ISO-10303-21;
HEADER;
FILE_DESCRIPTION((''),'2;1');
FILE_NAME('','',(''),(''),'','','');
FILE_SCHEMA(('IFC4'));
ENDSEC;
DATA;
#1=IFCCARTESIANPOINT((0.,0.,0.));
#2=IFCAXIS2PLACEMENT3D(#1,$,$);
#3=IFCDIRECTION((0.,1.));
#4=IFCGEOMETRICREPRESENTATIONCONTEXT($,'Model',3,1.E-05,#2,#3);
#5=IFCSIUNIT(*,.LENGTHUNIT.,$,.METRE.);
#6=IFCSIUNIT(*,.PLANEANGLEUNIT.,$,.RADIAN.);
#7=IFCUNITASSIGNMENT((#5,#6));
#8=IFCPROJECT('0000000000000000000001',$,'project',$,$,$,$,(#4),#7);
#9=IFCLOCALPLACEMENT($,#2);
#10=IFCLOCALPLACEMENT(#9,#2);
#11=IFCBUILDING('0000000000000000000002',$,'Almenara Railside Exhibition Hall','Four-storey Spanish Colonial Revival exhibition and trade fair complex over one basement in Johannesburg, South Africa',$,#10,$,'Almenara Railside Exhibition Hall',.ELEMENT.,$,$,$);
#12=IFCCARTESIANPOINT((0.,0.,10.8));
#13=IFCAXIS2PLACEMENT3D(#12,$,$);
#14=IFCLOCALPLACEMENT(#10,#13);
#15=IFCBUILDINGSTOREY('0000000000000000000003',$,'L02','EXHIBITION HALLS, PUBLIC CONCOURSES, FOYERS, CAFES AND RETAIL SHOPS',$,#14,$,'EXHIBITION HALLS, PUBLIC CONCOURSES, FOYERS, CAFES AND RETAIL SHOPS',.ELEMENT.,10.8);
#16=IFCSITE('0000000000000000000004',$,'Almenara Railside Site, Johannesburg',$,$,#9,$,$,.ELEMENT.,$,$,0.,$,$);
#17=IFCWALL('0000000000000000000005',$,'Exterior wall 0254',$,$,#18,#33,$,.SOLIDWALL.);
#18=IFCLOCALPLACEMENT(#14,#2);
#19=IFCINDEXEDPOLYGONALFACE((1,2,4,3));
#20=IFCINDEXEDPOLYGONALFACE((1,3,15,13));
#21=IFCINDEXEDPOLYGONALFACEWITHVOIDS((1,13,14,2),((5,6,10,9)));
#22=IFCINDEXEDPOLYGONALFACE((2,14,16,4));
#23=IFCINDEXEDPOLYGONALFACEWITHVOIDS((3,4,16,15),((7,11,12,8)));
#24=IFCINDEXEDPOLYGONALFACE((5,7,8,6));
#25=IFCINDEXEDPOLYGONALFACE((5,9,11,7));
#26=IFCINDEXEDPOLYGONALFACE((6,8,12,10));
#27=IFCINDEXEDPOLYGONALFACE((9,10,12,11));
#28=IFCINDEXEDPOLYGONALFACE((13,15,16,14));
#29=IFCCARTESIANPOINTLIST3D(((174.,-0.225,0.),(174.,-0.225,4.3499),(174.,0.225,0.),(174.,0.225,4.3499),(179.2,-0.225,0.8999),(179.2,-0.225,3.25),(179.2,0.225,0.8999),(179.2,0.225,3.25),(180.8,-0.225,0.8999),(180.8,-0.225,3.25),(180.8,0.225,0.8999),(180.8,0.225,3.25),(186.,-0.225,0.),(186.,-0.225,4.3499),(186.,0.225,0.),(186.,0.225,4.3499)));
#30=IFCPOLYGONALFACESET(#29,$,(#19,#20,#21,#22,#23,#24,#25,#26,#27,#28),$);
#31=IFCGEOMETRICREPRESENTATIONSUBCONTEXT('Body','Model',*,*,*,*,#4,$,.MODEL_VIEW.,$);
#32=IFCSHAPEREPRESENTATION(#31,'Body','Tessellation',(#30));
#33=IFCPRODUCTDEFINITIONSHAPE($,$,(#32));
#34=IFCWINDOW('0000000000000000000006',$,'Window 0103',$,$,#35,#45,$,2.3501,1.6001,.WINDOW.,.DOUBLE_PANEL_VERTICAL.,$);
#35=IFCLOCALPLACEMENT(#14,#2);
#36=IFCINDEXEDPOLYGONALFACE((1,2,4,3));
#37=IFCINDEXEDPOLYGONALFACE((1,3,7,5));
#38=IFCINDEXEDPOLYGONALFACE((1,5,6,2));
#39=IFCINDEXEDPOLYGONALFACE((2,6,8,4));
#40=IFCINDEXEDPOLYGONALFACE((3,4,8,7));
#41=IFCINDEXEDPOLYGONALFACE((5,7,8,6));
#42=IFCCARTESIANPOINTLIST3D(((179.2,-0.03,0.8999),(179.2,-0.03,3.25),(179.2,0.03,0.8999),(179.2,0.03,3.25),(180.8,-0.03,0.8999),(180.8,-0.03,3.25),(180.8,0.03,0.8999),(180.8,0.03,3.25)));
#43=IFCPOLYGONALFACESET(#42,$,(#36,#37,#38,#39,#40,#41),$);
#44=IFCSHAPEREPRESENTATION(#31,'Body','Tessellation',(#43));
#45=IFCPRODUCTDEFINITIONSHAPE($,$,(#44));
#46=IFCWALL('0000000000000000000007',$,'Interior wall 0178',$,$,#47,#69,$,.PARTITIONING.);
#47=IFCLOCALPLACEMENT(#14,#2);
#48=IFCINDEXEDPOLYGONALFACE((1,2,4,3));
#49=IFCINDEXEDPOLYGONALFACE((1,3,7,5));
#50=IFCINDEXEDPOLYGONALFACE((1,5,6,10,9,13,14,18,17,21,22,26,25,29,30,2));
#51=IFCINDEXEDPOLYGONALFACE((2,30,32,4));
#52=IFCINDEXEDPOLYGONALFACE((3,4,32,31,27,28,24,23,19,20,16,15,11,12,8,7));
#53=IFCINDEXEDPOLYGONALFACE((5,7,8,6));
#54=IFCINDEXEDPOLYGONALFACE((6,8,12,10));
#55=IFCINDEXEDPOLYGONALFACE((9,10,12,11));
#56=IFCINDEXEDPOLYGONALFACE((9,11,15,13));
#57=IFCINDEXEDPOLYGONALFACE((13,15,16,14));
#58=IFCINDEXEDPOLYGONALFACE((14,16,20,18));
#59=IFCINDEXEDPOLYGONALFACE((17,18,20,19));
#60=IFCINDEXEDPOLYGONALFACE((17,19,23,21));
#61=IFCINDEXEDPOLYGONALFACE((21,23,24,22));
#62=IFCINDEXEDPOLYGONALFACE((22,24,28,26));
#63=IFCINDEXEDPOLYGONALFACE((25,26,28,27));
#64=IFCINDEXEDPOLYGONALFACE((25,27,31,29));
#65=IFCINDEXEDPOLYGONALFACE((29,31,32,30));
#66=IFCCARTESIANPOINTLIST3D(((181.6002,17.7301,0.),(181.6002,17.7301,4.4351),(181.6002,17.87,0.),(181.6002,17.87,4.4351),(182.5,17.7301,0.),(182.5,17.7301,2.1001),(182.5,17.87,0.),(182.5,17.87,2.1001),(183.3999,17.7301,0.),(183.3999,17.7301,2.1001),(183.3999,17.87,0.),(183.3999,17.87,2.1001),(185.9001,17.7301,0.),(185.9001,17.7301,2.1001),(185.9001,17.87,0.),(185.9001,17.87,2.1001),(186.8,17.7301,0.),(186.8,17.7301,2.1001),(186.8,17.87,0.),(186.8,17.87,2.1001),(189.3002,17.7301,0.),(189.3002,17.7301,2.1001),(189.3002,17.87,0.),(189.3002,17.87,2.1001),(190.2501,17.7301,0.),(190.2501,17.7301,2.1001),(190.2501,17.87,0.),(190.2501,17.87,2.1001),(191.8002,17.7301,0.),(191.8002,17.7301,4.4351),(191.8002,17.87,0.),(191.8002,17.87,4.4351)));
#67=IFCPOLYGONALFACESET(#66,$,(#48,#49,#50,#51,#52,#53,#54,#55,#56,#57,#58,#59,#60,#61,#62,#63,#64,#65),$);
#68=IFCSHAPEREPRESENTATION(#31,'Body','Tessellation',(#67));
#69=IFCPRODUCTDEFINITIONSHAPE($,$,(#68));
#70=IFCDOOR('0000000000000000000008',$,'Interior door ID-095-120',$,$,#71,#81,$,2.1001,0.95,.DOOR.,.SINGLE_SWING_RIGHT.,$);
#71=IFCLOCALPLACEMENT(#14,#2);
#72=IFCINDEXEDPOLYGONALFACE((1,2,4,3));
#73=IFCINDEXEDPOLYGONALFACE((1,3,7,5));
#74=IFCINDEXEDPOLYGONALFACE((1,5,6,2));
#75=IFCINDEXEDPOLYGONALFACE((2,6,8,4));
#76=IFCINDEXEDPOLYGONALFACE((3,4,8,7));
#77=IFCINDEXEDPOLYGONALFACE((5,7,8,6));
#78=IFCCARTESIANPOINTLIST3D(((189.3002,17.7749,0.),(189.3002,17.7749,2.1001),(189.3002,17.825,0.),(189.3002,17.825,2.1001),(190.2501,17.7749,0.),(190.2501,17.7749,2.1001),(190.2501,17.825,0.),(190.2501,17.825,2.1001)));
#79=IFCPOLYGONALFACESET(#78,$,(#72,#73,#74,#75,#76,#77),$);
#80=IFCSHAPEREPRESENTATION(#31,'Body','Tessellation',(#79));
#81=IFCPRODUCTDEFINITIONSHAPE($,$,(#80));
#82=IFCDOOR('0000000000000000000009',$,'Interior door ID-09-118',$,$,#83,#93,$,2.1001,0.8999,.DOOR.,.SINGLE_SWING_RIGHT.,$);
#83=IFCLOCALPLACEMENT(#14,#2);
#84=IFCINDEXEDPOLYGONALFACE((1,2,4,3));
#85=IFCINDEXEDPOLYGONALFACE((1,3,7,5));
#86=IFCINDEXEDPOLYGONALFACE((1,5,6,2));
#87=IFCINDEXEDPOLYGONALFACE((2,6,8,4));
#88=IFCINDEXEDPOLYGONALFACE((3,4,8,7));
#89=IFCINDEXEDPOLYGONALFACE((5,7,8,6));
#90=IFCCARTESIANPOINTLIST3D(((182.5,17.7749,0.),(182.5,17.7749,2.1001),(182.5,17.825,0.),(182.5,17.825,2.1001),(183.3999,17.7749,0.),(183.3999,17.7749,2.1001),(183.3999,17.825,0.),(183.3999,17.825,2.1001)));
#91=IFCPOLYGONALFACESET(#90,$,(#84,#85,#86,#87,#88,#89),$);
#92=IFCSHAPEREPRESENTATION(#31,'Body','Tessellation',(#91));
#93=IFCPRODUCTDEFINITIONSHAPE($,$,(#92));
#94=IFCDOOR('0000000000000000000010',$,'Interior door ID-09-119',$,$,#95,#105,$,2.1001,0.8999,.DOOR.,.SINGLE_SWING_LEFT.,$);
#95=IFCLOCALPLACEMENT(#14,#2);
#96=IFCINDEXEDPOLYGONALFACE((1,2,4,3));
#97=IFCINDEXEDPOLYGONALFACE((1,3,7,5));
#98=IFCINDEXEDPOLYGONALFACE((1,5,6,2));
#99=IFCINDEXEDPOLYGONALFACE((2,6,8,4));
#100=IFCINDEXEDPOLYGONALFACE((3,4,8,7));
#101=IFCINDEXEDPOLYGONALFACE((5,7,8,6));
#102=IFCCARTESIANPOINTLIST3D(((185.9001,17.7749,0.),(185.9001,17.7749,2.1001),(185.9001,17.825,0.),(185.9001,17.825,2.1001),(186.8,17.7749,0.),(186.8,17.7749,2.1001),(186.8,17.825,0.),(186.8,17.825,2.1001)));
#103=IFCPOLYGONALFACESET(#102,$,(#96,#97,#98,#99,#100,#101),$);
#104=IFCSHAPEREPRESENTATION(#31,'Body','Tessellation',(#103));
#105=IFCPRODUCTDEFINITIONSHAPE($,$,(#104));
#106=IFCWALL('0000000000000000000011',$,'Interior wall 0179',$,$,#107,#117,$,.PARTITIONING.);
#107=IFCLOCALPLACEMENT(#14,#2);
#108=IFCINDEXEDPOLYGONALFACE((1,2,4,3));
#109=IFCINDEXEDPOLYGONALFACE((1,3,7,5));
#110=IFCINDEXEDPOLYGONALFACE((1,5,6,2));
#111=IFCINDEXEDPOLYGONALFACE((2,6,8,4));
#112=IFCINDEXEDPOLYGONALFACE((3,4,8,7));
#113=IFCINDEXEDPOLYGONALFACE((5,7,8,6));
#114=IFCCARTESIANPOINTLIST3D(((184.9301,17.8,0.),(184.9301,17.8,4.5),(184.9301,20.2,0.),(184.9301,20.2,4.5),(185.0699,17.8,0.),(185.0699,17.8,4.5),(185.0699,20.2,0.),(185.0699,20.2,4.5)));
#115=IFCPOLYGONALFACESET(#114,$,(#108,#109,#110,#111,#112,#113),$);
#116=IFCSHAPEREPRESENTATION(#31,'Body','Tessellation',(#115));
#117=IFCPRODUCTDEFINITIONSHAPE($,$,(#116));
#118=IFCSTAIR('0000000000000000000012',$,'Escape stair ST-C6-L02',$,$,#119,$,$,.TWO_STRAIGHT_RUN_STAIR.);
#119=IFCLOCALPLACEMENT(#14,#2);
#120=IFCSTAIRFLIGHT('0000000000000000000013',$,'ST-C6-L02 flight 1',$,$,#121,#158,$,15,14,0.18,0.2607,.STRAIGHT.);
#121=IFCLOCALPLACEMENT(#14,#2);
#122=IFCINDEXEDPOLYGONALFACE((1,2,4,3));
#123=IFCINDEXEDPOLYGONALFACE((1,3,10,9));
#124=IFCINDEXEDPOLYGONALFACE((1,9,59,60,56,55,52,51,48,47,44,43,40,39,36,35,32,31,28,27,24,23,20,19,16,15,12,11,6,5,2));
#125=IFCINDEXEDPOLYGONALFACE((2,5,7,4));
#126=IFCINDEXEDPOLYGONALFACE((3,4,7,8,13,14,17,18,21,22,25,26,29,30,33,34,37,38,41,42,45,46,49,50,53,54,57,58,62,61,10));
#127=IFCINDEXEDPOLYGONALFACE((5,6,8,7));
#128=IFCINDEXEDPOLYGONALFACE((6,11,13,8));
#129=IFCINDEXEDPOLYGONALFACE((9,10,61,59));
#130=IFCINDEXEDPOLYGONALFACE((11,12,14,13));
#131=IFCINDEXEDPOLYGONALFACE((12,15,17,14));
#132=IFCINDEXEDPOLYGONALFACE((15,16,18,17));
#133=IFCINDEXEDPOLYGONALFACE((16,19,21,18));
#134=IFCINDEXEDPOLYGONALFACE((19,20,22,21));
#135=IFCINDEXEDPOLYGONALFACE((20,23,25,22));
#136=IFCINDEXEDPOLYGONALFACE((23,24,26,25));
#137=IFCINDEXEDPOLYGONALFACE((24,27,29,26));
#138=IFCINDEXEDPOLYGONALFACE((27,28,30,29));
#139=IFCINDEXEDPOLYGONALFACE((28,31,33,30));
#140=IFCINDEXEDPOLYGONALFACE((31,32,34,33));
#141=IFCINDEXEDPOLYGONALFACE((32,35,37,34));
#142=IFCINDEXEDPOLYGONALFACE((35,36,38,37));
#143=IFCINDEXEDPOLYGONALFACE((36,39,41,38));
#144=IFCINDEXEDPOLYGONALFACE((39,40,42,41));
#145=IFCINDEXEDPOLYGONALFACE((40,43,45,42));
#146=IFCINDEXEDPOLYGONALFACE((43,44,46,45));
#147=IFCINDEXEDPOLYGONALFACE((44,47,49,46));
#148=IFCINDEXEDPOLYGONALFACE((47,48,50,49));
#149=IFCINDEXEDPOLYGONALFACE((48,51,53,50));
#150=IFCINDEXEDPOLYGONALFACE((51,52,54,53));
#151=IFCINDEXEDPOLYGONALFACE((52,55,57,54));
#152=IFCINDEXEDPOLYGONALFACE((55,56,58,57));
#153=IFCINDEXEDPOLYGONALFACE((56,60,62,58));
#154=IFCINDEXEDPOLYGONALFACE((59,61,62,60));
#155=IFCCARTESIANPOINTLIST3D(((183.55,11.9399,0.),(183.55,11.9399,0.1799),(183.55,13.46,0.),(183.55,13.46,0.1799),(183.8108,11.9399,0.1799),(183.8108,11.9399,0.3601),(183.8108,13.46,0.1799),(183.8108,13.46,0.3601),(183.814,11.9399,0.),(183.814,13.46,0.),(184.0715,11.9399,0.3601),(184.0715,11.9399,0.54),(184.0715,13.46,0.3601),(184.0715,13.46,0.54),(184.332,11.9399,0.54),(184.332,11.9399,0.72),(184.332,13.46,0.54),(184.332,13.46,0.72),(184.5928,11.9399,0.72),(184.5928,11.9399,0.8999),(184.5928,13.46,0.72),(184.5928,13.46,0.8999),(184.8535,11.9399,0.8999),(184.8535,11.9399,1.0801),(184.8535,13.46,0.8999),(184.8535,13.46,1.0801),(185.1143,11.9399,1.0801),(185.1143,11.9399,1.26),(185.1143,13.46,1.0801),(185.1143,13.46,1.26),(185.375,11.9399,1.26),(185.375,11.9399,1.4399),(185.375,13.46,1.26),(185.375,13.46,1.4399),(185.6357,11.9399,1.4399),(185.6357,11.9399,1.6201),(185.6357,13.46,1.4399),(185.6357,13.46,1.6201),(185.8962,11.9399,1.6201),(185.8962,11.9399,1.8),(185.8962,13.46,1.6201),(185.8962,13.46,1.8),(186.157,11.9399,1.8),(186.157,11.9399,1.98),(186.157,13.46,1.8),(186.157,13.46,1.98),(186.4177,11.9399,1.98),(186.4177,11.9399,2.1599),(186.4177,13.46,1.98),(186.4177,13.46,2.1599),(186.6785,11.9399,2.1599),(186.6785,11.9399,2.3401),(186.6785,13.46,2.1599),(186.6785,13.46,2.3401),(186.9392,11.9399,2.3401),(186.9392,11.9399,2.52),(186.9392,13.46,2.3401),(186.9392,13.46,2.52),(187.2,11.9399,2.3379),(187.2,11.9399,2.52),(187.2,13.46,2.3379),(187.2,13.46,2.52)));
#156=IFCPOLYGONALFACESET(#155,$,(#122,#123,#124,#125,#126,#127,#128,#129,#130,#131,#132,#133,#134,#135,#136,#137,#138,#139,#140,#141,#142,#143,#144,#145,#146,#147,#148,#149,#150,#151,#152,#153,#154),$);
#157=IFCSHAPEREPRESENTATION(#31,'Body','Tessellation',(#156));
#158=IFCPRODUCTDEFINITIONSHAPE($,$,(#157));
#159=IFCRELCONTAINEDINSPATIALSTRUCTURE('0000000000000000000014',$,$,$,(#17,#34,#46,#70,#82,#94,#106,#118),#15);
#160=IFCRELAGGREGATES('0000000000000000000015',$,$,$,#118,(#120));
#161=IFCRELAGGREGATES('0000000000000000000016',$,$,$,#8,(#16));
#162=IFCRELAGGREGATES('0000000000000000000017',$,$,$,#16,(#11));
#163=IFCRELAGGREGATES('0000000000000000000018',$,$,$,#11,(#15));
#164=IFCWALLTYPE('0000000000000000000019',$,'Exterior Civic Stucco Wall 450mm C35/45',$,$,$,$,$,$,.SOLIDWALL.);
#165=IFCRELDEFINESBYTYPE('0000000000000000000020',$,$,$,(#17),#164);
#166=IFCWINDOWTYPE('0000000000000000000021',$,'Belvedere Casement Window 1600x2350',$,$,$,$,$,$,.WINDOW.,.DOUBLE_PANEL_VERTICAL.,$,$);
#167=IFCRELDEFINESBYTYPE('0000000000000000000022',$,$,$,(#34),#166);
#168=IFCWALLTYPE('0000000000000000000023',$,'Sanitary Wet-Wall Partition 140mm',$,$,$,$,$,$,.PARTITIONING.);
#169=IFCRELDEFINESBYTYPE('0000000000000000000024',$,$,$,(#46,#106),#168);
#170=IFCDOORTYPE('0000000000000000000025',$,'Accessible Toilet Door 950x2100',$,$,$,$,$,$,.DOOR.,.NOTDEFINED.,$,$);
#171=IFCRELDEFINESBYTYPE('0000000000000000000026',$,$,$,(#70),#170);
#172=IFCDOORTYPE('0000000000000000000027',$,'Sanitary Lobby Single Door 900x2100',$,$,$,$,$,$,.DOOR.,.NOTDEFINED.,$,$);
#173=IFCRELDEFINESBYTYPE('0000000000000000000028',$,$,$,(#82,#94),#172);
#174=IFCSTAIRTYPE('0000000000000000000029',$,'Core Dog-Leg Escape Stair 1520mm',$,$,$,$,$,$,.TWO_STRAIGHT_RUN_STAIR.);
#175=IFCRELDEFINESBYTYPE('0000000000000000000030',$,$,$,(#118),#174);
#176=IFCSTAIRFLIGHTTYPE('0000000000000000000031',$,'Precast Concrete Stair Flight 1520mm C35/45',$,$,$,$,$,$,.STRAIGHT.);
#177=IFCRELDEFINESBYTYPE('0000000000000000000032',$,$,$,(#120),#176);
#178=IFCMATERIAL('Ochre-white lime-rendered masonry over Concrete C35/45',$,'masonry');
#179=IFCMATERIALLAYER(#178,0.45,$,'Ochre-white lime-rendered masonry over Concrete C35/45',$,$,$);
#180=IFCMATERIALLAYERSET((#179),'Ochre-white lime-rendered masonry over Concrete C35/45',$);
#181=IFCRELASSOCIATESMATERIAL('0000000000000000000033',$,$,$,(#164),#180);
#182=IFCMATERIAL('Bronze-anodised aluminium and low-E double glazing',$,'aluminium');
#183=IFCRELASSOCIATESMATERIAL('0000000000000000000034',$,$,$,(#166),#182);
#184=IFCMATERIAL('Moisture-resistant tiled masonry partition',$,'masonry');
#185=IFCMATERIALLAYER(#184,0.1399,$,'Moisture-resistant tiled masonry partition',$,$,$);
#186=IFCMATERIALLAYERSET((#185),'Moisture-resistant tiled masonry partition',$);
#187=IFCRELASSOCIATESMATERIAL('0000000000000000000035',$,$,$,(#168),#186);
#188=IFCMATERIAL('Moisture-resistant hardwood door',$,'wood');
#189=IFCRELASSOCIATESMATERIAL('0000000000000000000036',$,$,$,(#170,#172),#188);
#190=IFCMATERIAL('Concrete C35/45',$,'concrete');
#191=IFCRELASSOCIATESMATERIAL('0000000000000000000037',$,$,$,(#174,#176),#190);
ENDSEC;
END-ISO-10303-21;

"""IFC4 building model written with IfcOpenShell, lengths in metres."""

from ifc_helpers import new_model, si_unit, direction, frame, frame_2d, origin, place, context, subcontext, project, spatial, polyline, rectangle, outline, extrude, material, layer, layer_set, type_object, element, fill, aggregate, save


model = new_model("IFC4")

# Units and contexts
model_context = context("Model", 3, precision=1e-05, world=origin(), true_north=direction((0.0, 1.0)))
body_context = subcontext(model_context, "Body", "Model", "MODEL_VIEW")
ifc_project = project(units=[si_unit("LENGTHUNIT", "METRE"), si_unit("PLANEANGLEUNIT", "RADIAN")], contexts=[model_context])

# Site, building, storey
site_placement = place(None, origin())
site = spatial("IfcSite", under=ifc_project, at=site_placement, Name="Almenara Railside Site, Johannesburg", CompositionType="ELEMENT", RefElevation=0.0)
building_placement = place(site_placement, origin())
building = spatial("IfcBuilding", under=site, at=building_placement, Name="Almenara Railside Exhibition Hall", Description="Four-storey Spanish Colonial Revival exhibition and trade fair complex over one basement in Johannesburg, South Africa", LongName="Almenara Railside Exhibition Hall", CompositionType="ELEMENT")
storey_placement = place(building_placement, frame((0.0, 0.0, 10.8)))
storey = spatial("IfcBuildingStorey", under=building, at=storey_placement, Name="L02", Description="EXHIBITION HALLS, PUBLIC CONCOURSES, FOYERS, CAFES AND RETAIL SHOPS", LongName="EXHIBITION HALLS, PUBLIC CONCOURSES, FOYERS, CAFES AND RETAIL SHOPS", CompositionType="ELEMENT", Elevation=10.8)

# Shared definitions
ifc_material_1 = material(Name="Concrete C35/45", Category="concrete")

# Wall, opening, window
ifc_material_2 = material(Name="Ochre-white lime-rendered masonry over Concrete C35/45", Category="masonry")
ifc_layer_1 = layer(ifc_material_2, 0.45, Name="Ochre-white lime-rendered masonry over Concrete C35/45")
ifc_layer_set_1 = layer_set([ifc_layer_1], Name="Ochre-white lime-rendered masonry over Concrete C35/45")
wall_type_1 = type_object("IfcWallType", Name="Exterior Civic Stucco Wall 450mm C35/45", PredefinedType="SOLIDWALL", material=ifc_layer_set_1)
wall_1_placement = place(storey_placement, frame((174.0, 0.0, 0.0), z_axis=(0.0, 0.0, 1.0), x_axis=(1.0, 0.0, 0.0)))
wall_1 = element("IfcWall", 1, at=wall_1_placement, inside=storey, type_object=wall_type_1, Name="Exterior wall 0254", PredefinedType="SOLIDWALL", context=body_context, shape_type="SweptSolid", body=[
    extrude(rectangle(XDim=12.0, YDim=0.45, at=frame_2d((6.0, 0.0))), origin(), (0.0, 0.0, 1.0), 4.3499),
])
opening_1_placement = place(wall_1_placement, frame((5.2, 0.0, 0.8999)))
opening_1 = element("IfcOpeningElement", 2, at=opening_1_placement, cuts=wall_1, PredefinedType="OPENING", context=body_context, shape_type="SweptSolid", body=[
    extrude(rectangle(XDim=1.6001, YDim=2.3501, at=frame_2d((0.8, 1.175))), frame((0.0, 0.2349, 0.0), z_axis=(0.0, -1.0, 0.0), x_axis=(1.0, 0.0, 0.0)), (0.0, 0.0, 1.0), 0.47),
])
ifc_material_3 = material(Name="Bronze-anodised aluminium and low-E double glazing", Category="aluminium")
window_type = type_object("IfcWindowType", Name="Belvedere Casement Window 1600x2350", PartitioningType="DOUBLE_PANEL_VERTICAL", PredefinedType="WINDOW", material=ifc_material_3)
window_placement = place(opening_1_placement, origin())
window = element("IfcWindow", 3, at=window_placement, inside=storey, type_object=window_type, Name="Window 0103", OverallHeight=2.3501, OverallWidth=1.6001, PartitioningType="DOUBLE_PANEL_VERTICAL", PredefinedType="WINDOW", context=body_context, shape_type="SweptSolid", body=[
    extrude(rectangle(XDim=1.6001, YDim=2.3501, at=frame_2d((0.8, 1.175))), frame((0.0, 0.03, 0.0), z_axis=(0.0, -1.0, 0.0), x_axis=(1.0, 0.0, 0.0)), (0.0, 0.0, 1.0), 0.0601),
])
fill(opening_1, window)

# Wall, openings, doors
ifc_material_4 = material(Name="Moisture-resistant tiled masonry partition", Category="masonry")
ifc_layer_2 = layer(ifc_material_4, 0.1399, Name="Moisture-resistant tiled masonry partition")
ifc_layer_set_2 = layer_set([ifc_layer_2], Name="Moisture-resistant tiled masonry partition")
wall_type_2 = type_object("IfcWallType", Name="Sanitary Wet-Wall Partition 140mm", PredefinedType="PARTITIONING", material=ifc_layer_set_2)
wall_2_placement = place(storey_placement, frame((181.6001, 17.8, 0.0), z_axis=(0.0, 0.0, 1.0), x_axis=(1.0, 0.0, 0.0)))
wall_2 = element("IfcWall", 4, at=wall_2_placement, inside=storey, type_object=wall_type_2, Name="Interior wall 0178", PredefinedType="PARTITIONING", context=body_context, shape_type="SweptSolid", body=[
    extrude(rectangle(XDim=10.2, YDim=0.1399, at=frame_2d((5.1001, 0.0))), origin(), (0.0, 0.0, 1.0), 4.4351),
])
opening_2_placement = place(wall_2_placement, frame((0.8999, 0.0, 0.0)))
opening_2 = element("IfcOpeningElement", 5, at=opening_2_placement, cuts=wall_2, PredefinedType="OPENING", context=body_context, shape_type="SweptSolid", body=[
    extrude(rectangle(XDim=0.8999, YDim=2.1001, at=frame_2d((0.45, 1.05))), frame((0.0, 0.0798, 0.0), z_axis=(0.0, -1.0, 0.0), x_axis=(1.0, 0.0, 0.0)), (0.0, 0.0, 1.0), 0.1599),
])
opening_3_placement = place(wall_2_placement, frame((4.3, 0.0, 0.0)))
opening_3 = element("IfcOpeningElement", 6, at=opening_3_placement, cuts=wall_2, PredefinedType="OPENING", context=body_context, shape_type="SweptSolid", body=[
    extrude(rectangle(XDim=0.8999, YDim=2.1001, at=frame_2d((0.45, 1.05))), frame((0.0, 0.0798, 0.0), z_axis=(0.0, -1.0, 0.0), x_axis=(1.0, 0.0, 0.0)), (0.0, 0.0, 1.0), 0.1599),
])
opening_4_placement = place(wall_2_placement, frame((7.7, 0.0, 0.0)))
opening_4 = element("IfcOpeningElement", 7, at=opening_4_placement, cuts=wall_2, PredefinedType="OPENING", context=body_context, shape_type="SweptSolid", body=[
    extrude(rectangle(XDim=0.95, YDim=2.1001, at=frame_2d((0.4751, 1.05))), frame((0.0, 0.0798, 0.0), z_axis=(0.0, -1.0, 0.0), x_axis=(1.0, 0.0, 0.0)), (0.0, 0.0, 1.0), 0.1599),
])
ifc_material_5 = material(Name="Moisture-resistant hardwood door", Category="wood")
door_type_1 = type_object("IfcDoorType", Name="Accessible Toilet Door 950x2100", OperationType="NOTDEFINED", PredefinedType="DOOR", material=ifc_material_5)
door_1_placement = place(opening_4_placement, origin())
door_1 = element("IfcDoor", 8, at=door_1_placement, inside=storey, type_object=door_type_1, Name="Interior door ID-095-120", OperationType="SINGLE_SWING_RIGHT", OverallHeight=2.1001, OverallWidth=0.95, PredefinedType="DOOR", context=body_context, shape_type="SweptSolid", body=[
    extrude(rectangle(XDim=0.95, YDim=2.1001, at=frame_2d((0.4751, 1.05))), frame((0.0, 0.0249, 0.0), z_axis=(0.0, -1.0, 0.0), x_axis=(1.0, 0.0, 0.0)), (0.0, 0.0, 1.0), 0.05),
])
fill(opening_4, door_1)
door_type_2 = type_object("IfcDoorType", Name="Sanitary Lobby Single Door 900x2100", OperationType="NOTDEFINED", PredefinedType="DOOR", material=ifc_material_5)
door_2_placement = place(opening_2_placement, origin())
door_2 = element("IfcDoor", 9, at=door_2_placement, inside=storey, type_object=door_type_2, Name="Interior door ID-09-118", OperationType="SINGLE_SWING_RIGHT", OverallHeight=2.1001, OverallWidth=0.8999, PredefinedType="DOOR", context=body_context, shape_type="SweptSolid", body=[
    extrude(rectangle(XDim=0.8999, YDim=2.1001, at=frame_2d((0.45, 1.05))), frame((0.0, 0.0249, 0.0), z_axis=(0.0, -1.0, 0.0), x_axis=(1.0, 0.0, 0.0)), (0.0, 0.0, 1.0), 0.05),
])
fill(opening_2, door_2)
door_3_placement = place(opening_3_placement, origin())
door_3 = element("IfcDoor", 10, at=door_3_placement, inside=storey, type_object=door_type_2, Name="Interior door ID-09-119", OperationType="SINGLE_SWING_LEFT", OverallHeight=2.1001, OverallWidth=0.8999, PredefinedType="DOOR", context=body_context, shape_type="SweptSolid", body=[
    extrude(rectangle(XDim=0.8999, YDim=2.1001, at=frame_2d((0.45, 1.05))), frame((0.0, 0.0249, 0.0), z_axis=(0.0, -1.0, 0.0), x_axis=(1.0, 0.0, 0.0)), (0.0, 0.0, 1.0), 0.05),
])
fill(opening_3, door_3)

# Wall
wall_3_placement = place(storey_placement, frame((185.0, 17.8, 0.0), z_axis=(0.0, 0.0, 1.0), x_axis=(0.0, 1.0, 0.0)))
element("IfcWall", 11, at=wall_3_placement, inside=storey, type_object=wall_type_2, Name="Interior wall 0179", PredefinedType="PARTITIONING", context=body_context, shape_type="SweptSolid", body=[
    extrude(rectangle(XDim=2.3999, YDim=0.1399, at=frame_2d((1.2, 0.0))), origin(), (0.0, 0.0, 1.0), 4.5),
])

# Stair, stair flight
stair_type = type_object("IfcStairType", Name="Core Dog-Leg Escape Stair 1520mm", PredefinedType="TWO_STRAIGHT_RUN_STAIR", material=ifc_material_1)
stair_placement = place(storey_placement, origin())
stair = element("IfcStair", 12, at=stair_placement, inside=storey, type_object=stair_type, Name="Escape stair ST-C6-L02", PredefinedType="TWO_STRAIGHT_RUN_STAIR")
stair_flight_type = type_object("IfcStairFlightType", Name="Precast Concrete Stair Flight 1520mm C35/45", PredefinedType="STRAIGHT", material=ifc_material_1)
stair_flight_placement = place(storey_placement, frame((183.55, 12.7, 0.0), z_axis=(0.0, 0.0, 1.0), x_axis=(1.0, 0.0, 0.0)))
stair_flight = element("IfcStairFlight", 13, at=stair_flight_placement, type_object=stair_flight_type, Name="ST-C6-L02 flight 1", NumberOfRisers=15, NumberOfTreads=14, PredefinedType="STRAIGHT", RiserHeight=0.18, TreadLength=0.2607, context=body_context, shape_type="SweptSolid", body=[
    extrude(outline(polyline([(0.0, 0.0), (0.0, 0.1799), (0.2607, 0.1799), (0.2607, 0.3601), (0.5215, 0.3601), (0.5215, 0.54), (0.782, 0.54), (0.782, 0.72), (1.0427, 0.72), (1.0427, 0.8999), (1.3035, 0.8999), (1.3035, 1.0801), (1.5642, 1.0801), (1.5642, 1.26), (1.825, 1.26), (1.825, 1.4399), (2.0857, 1.4399), (2.0857, 1.6201), (2.3462, 1.6201), (2.3462, 1.8), (2.6069, 1.8), (2.6069, 1.98), (2.8677, 1.98), (2.8677, 2.1599), (3.1284, 2.1599), (3.1284, 2.3401), (3.3892, 2.3401), (3.3892, 2.52), (3.6499, 2.52), (3.6499, 2.7), (3.6499, 2.3379), (0.2639, 0.0), (0.0, 0.0)])), frame((0.0, 0.76, 0.0), z_axis=(0.0, -1.0, 0.0), x_axis=(1.0, 0.0, 0.0)), (0.0, 0.0, 1.0), 1.52),
])
aggregate(stair, [stair_flight])

save(model, "model.ifc")
